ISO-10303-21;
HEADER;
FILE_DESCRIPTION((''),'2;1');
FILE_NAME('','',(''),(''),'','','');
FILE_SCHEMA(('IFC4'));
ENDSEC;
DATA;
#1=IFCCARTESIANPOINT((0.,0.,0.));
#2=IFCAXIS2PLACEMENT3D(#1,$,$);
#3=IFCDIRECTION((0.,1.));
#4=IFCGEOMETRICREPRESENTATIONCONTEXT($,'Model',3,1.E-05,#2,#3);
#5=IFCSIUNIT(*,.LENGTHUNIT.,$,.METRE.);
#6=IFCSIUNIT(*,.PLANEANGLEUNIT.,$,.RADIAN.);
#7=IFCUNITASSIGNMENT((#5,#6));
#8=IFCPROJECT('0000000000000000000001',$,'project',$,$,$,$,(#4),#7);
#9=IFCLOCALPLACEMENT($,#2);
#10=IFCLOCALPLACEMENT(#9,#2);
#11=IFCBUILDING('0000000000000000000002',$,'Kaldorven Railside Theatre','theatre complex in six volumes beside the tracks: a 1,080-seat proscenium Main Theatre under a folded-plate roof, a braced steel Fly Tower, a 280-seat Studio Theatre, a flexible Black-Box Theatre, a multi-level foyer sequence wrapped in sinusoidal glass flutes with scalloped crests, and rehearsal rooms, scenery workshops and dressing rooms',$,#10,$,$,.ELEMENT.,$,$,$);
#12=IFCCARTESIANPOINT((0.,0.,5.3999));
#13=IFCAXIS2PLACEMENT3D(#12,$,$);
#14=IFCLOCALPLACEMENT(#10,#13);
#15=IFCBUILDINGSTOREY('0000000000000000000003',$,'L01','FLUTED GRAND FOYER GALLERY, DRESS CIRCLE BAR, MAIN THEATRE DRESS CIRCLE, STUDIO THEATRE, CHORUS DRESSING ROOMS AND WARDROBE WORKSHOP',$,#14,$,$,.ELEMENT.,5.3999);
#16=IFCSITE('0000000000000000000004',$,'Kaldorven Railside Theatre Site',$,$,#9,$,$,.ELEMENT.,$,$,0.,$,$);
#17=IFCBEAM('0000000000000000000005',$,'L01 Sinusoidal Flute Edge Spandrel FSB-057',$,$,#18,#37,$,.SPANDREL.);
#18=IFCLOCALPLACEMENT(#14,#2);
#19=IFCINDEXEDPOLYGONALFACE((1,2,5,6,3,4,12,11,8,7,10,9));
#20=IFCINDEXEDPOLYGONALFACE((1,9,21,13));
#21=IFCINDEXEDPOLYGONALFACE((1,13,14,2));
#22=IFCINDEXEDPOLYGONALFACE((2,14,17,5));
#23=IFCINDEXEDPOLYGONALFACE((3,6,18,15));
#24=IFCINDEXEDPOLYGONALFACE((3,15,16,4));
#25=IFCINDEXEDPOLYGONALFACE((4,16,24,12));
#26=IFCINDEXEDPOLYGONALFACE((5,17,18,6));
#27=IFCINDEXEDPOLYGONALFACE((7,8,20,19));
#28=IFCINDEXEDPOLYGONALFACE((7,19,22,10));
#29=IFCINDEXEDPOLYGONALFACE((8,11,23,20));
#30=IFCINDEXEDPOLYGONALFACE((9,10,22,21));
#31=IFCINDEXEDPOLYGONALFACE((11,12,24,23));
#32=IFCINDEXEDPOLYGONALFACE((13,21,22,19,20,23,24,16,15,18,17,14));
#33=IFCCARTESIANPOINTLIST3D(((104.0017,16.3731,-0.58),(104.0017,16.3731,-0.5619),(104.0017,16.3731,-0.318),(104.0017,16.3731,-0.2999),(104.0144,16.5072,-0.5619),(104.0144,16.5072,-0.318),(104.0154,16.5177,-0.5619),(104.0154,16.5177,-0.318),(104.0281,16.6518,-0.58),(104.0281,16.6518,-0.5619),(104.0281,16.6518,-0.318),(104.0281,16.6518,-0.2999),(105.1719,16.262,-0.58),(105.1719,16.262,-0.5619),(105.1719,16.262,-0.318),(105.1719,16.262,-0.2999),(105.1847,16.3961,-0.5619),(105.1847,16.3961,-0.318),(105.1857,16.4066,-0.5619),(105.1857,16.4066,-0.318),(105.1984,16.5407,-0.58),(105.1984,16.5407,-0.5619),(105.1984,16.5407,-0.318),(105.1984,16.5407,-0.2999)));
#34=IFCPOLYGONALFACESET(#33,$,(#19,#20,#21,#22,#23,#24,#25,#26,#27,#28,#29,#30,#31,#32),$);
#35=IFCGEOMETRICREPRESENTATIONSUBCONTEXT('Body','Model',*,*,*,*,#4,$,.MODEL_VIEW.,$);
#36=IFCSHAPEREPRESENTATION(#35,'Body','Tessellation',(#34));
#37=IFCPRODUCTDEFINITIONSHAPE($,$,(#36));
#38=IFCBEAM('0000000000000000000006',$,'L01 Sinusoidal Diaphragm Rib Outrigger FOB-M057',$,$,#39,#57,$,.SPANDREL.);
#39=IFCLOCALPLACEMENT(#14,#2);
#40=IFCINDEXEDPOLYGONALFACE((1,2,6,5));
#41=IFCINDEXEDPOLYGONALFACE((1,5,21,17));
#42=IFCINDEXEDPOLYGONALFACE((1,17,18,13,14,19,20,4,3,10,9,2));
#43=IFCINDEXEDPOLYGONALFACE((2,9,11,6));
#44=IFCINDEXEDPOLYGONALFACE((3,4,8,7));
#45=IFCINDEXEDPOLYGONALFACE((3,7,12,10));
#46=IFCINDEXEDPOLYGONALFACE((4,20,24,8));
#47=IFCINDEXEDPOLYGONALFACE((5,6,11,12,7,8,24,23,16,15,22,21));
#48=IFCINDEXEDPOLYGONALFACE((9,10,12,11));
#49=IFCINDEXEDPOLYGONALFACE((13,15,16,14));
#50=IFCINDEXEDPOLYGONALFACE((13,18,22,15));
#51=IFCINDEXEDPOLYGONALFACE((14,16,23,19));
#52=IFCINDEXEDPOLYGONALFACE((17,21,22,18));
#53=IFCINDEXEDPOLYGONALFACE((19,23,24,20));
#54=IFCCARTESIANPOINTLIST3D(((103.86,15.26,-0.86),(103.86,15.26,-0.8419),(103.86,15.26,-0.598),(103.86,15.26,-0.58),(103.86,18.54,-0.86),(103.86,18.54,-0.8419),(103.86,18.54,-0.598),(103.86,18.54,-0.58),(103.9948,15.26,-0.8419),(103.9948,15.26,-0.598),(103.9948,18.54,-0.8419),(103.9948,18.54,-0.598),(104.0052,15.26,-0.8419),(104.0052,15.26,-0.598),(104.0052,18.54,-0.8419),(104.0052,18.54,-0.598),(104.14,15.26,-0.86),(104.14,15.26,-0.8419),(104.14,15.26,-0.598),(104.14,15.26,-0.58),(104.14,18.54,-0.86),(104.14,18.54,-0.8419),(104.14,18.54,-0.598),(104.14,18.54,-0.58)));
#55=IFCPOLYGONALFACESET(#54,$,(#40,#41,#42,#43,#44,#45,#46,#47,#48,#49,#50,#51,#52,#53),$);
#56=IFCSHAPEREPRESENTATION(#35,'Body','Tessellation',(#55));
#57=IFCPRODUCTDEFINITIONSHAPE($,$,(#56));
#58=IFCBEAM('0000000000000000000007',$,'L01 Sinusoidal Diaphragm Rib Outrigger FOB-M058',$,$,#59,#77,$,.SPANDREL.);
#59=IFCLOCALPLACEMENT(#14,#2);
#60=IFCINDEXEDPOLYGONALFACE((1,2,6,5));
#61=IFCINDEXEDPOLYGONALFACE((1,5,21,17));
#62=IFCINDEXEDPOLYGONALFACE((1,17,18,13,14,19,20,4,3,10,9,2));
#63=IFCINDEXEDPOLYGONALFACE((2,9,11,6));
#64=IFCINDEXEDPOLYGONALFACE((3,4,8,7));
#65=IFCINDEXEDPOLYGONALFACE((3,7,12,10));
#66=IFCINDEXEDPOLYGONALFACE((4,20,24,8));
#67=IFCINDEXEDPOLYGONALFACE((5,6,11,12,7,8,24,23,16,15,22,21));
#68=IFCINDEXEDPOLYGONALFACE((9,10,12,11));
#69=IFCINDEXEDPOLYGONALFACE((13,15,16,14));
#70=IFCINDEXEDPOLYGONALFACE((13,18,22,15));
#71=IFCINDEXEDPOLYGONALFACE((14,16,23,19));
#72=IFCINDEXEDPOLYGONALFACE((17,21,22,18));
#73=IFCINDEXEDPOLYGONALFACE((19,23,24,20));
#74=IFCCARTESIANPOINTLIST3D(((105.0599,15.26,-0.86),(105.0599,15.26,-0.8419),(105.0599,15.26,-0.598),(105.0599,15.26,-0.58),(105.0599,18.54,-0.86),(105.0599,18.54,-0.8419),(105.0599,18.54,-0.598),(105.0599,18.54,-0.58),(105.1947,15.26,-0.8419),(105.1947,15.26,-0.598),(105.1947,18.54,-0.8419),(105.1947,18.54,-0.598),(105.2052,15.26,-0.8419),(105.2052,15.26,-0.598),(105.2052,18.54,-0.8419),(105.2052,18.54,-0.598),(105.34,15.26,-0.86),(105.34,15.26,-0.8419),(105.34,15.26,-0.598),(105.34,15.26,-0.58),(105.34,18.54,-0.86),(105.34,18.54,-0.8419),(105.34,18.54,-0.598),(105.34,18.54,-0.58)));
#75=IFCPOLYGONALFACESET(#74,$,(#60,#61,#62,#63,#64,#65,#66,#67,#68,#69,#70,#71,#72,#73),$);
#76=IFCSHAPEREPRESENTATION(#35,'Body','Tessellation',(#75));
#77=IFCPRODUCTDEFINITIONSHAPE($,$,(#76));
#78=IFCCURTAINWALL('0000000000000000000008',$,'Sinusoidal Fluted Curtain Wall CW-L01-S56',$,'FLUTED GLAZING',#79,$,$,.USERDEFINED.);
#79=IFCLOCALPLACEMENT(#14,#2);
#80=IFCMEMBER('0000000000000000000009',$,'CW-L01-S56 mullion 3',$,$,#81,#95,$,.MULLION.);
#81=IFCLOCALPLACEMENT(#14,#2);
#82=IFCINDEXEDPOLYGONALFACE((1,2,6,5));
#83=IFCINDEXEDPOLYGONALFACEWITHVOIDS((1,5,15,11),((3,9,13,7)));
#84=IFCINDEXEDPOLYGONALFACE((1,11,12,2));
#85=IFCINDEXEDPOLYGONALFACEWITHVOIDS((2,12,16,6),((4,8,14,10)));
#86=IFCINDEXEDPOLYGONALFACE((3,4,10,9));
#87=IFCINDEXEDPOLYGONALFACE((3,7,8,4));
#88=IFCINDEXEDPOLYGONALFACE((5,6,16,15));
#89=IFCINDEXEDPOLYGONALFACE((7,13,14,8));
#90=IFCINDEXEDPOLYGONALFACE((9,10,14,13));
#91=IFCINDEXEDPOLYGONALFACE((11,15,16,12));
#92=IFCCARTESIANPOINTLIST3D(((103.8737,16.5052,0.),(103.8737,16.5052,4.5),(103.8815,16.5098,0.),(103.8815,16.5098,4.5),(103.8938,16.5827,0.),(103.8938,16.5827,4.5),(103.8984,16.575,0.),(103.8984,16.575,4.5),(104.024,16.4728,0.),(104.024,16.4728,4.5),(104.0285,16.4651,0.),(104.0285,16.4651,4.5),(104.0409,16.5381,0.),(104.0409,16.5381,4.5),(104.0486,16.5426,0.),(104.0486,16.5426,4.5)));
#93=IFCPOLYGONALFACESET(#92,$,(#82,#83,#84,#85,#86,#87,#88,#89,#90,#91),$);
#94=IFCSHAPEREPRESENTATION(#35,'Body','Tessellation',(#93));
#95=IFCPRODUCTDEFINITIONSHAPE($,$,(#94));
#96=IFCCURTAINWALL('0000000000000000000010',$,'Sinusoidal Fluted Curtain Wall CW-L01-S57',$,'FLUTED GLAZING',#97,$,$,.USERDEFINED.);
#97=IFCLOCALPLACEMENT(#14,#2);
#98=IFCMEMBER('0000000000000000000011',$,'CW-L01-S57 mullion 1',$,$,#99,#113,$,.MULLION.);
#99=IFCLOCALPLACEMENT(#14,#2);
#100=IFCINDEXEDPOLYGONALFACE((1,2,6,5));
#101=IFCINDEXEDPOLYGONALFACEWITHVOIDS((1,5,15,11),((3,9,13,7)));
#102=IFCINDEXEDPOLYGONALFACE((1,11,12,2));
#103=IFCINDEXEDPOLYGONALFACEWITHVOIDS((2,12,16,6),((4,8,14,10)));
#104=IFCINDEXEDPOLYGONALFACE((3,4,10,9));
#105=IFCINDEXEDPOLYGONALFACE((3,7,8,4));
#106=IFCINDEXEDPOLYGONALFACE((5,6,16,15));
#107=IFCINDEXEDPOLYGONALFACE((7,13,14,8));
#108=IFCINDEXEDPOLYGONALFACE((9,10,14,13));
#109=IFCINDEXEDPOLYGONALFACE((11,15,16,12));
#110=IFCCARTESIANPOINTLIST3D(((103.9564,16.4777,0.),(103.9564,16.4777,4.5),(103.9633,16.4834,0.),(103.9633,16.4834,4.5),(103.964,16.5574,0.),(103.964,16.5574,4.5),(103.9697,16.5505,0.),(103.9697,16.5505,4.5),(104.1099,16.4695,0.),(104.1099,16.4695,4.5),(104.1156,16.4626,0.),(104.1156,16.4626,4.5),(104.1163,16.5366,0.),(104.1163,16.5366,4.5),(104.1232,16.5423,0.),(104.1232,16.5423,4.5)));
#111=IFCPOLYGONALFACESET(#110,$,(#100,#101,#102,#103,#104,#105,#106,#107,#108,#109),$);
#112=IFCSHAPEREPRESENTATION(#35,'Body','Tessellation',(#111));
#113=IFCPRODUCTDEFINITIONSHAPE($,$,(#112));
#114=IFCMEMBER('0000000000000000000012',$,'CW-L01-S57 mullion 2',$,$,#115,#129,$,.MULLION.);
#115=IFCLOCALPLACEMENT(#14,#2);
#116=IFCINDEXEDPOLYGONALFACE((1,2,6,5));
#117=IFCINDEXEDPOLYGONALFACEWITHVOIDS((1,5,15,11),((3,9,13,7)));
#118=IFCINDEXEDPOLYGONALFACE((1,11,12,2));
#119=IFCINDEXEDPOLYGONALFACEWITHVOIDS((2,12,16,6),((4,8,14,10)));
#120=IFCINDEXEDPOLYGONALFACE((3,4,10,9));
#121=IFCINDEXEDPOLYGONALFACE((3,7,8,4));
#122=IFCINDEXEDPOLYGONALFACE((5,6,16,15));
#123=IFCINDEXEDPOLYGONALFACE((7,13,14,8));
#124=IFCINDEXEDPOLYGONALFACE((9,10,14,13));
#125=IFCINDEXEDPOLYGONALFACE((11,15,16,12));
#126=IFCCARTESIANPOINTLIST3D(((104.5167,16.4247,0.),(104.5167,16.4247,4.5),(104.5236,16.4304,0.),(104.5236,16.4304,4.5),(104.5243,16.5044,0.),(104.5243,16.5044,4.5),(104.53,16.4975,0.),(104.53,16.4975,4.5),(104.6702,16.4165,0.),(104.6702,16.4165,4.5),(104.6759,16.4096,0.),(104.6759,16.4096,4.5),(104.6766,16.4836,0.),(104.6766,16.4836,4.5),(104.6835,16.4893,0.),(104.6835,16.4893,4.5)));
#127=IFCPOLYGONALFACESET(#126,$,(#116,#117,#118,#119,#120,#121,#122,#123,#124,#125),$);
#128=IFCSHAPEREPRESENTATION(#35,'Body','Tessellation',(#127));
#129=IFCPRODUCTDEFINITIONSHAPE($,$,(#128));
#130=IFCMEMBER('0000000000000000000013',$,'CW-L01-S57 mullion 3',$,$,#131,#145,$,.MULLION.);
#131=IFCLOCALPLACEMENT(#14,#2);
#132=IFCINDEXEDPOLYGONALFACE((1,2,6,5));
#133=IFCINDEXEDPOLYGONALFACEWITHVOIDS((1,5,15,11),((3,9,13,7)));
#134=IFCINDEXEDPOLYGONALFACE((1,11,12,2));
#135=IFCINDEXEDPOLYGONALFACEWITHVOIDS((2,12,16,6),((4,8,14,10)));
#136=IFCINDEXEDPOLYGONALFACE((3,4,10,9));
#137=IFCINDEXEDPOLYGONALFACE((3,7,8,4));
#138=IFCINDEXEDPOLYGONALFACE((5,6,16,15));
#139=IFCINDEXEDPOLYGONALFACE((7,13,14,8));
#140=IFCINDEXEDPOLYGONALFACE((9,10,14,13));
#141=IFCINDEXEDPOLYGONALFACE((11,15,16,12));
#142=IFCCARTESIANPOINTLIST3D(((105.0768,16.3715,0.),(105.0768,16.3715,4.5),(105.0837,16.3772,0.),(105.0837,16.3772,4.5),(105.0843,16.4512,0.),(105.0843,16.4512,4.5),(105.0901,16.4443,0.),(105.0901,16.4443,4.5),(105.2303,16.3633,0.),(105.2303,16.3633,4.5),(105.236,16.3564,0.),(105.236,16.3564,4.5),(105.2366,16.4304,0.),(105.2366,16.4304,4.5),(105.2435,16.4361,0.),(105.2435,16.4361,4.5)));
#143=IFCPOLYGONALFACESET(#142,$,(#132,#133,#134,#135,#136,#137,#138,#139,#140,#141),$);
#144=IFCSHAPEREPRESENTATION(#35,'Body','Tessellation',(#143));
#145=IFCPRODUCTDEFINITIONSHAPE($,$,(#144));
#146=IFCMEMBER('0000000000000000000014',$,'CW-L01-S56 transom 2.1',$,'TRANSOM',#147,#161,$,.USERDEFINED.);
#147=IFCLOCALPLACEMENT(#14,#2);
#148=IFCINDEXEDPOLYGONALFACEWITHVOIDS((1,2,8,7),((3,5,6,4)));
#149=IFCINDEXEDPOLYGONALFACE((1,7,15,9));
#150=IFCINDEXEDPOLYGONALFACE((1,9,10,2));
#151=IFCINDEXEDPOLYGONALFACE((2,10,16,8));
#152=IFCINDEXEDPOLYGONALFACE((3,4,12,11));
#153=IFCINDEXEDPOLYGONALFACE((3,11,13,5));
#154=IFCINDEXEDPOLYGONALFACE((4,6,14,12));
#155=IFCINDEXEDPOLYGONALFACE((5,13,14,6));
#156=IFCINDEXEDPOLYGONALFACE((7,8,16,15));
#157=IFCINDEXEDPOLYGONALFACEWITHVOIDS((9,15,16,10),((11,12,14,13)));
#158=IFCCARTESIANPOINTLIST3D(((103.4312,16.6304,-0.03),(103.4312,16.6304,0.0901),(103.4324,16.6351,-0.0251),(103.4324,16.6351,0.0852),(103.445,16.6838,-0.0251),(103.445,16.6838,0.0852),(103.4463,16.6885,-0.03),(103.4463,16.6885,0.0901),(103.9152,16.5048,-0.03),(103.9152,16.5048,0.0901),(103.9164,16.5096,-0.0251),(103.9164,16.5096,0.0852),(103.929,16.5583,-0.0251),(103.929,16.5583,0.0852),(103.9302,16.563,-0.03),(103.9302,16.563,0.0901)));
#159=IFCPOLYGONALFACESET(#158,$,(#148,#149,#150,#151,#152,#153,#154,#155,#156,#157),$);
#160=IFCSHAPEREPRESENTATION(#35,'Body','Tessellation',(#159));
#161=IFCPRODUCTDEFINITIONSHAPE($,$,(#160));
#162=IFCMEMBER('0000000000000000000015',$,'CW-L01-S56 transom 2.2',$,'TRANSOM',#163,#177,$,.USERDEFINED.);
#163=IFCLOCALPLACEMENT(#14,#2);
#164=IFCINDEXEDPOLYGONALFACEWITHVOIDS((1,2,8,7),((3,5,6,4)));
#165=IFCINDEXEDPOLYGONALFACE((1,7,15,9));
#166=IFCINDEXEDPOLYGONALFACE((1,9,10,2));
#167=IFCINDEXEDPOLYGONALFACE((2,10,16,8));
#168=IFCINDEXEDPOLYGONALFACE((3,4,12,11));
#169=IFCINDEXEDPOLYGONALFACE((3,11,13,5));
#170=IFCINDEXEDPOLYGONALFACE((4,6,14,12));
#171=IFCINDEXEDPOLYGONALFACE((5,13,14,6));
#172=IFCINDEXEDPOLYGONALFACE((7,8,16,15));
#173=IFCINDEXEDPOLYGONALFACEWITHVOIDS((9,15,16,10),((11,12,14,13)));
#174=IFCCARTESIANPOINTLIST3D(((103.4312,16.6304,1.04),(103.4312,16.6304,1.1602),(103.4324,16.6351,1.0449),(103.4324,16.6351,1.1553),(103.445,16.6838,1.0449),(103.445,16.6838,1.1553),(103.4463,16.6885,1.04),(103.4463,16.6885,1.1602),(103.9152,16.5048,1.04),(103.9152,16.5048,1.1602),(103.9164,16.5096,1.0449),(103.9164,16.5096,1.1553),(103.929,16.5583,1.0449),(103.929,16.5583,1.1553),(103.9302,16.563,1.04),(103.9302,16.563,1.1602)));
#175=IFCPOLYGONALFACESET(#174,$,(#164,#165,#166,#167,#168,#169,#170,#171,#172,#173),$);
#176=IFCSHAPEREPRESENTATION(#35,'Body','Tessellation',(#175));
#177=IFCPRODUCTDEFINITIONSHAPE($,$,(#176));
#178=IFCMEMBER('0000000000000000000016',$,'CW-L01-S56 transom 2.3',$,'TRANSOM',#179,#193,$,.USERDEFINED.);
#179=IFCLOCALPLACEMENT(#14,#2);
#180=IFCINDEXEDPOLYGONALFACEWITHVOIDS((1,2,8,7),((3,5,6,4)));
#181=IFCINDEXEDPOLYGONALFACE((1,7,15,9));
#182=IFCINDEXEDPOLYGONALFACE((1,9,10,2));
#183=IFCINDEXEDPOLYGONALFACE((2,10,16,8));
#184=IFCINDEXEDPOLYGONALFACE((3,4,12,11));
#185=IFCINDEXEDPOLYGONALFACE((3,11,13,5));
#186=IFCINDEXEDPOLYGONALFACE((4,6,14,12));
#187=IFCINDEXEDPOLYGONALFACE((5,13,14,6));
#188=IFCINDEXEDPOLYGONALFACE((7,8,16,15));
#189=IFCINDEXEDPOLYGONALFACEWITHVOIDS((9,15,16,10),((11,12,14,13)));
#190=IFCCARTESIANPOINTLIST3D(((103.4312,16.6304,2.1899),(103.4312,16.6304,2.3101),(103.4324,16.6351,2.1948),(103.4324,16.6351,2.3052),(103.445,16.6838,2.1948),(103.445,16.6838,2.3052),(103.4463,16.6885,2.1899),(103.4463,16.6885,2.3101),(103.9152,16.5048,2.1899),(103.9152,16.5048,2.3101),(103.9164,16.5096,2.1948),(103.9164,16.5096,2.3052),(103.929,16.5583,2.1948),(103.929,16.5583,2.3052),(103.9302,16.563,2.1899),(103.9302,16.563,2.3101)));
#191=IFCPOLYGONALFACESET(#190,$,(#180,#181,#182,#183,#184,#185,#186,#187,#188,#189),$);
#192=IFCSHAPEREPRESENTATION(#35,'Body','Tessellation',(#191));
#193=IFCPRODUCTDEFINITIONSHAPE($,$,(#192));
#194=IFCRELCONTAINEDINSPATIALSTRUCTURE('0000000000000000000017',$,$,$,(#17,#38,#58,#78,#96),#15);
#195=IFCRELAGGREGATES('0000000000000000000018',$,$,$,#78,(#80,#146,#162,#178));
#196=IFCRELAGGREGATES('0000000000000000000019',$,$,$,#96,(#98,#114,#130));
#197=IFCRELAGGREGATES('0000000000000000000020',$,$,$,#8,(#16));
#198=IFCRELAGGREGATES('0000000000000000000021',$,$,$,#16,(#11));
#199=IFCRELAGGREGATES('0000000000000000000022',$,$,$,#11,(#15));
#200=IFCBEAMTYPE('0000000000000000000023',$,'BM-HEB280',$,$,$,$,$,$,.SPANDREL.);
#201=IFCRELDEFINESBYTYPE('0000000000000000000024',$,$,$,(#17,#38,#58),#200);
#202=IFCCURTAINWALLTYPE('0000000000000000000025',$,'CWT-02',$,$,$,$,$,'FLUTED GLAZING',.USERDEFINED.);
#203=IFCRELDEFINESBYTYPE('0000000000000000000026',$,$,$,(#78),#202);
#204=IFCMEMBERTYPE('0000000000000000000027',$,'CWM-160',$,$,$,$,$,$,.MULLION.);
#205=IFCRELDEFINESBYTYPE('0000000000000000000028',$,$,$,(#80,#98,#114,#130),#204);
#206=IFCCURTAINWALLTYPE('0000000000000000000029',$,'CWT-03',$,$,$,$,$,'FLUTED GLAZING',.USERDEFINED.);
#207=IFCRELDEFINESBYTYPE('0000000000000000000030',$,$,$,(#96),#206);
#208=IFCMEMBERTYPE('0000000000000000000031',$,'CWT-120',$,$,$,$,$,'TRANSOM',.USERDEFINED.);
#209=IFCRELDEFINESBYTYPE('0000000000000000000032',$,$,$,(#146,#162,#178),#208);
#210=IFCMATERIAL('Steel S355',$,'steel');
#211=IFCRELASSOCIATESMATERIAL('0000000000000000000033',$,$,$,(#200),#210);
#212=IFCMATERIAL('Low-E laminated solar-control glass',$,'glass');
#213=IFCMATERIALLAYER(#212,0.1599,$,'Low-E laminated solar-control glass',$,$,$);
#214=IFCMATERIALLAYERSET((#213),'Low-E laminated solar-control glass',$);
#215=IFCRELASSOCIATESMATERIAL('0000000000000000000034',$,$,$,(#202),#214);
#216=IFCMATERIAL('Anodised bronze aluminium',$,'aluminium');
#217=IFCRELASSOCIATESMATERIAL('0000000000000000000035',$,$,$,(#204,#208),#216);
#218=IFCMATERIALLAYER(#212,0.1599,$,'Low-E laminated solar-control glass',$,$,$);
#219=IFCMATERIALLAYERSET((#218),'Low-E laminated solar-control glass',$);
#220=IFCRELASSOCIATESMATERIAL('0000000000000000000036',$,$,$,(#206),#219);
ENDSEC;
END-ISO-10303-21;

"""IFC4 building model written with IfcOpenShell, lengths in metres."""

from ifc_helpers import new_model, si_unit, direction, frame, origin, origin_2d, place, context, subcontext, project, spatial, hollow_rectangle, i_section, extrude, material, layer, layer_set, material_profile, profile_set, type_object, element, aggregate, save


model = new_model("IFC4")

# Units and contexts
model_context = context("Model", 3, precision=1e-05, world=origin(), true_north=direction((0.0, 1.0)))
body_context = subcontext(model_context, "Body", "Model", "MODEL_VIEW")
ifc_project = project(units=[si_unit("LENGTHUNIT", "METRE"), si_unit("PLANEANGLEUNIT", "RADIAN")], contexts=[model_context])

# Site, building, storey
site_placement = place(None, origin())
site = spatial("IfcSite", under=ifc_project, at=site_placement, Name="Kaldorven Railside Theatre Site", CompositionType="ELEMENT", RefElevation=0.0)
building_placement = place(site_placement, origin())
building = spatial("IfcBuilding", under=site, at=building_placement, Name="Kaldorven Railside Theatre", Description="theatre complex in six volumes beside the tracks: a 1,080-seat proscenium Main Theatre under a folded-plate roof, a braced steel Fly Tower, a 280-seat Studio Theatre, a flexible Black-Box Theatre, a multi-level foyer sequence wrapped in sinusoidal glass flutes with scalloped crests, and rehearsal rooms, scenery workshops and dressing rooms", CompositionType="ELEMENT")
storey_placement = place(building_placement, frame((0.0, 0.0, 5.3999)))
storey = spatial("IfcBuildingStorey", under=building, at=storey_placement, Name="L01", Description="FLUTED GRAND FOYER GALLERY, DRESS CIRCLE BAR, MAIN THEATRE DRESS CIRCLE, STUDIO THEATRE, CHORUS DRESSING ROOMS AND WARDROBE WORKSHOP", CompositionType="ELEMENT", Elevation=5.3999)

# Beams
ifc_material_1 = material(Name="Steel S355", Category="steel")
ifc_material_profile_1 = material_profile(ifc_material_1, i_section(OverallWidth=0.28, OverallDepth=0.28, WebThickness=0.0105, FlangeThickness=0.0181, at=origin_2d()), Name="HEB 280")
ifc_profile_set_1 = profile_set([ifc_material_profile_1], Name="Steel S355")
beam_type = type_object("IfcBeamType", Name="BM-HEB280", PredefinedType="SPANDREL", material=ifc_profile_set_1)
beam_placement = place(storey_placement, frame((104.0149, 16.5125, -0.4399), z_axis=(0.995524, -0.094505, 0.0), x_axis=(0.094505, 0.995524, 0.0)))
element("IfcBeam", 1, at=beam_placement, inside=storey, type_object=beam_type, Name="L01 Sinusoidal Flute Edge Spandrel FSB-057", PredefinedType="SPANDREL", context=body_context, shape_type="SweptSolid", body=[
    extrude(i_section(OverallWidth=0.28, OverallDepth=0.28, WebThickness=0.0105, FlangeThickness=0.0181, at=origin_2d()), origin(), (0.0, 0.0, 1.0), 1.1755),
])
for number, where, z_axis, x_axis, name in (
    (2, (104.0, 15.26, -0.72), (0.0, 1.0, 0.0), (-1.0, 0.0, 0.0), "L01 Sinusoidal Diaphragm Rib Outrigger FOB-M057"),
    (3, (105.2, 15.26, -0.72), (0.0, 1.0, 0.0), (-1.0, 0.0, 0.0), "L01 Sinusoidal Diaphragm Rib Outrigger FOB-M058"),
):
    element("IfcBeam", number, at=place(storey_placement, frame(where, z_axis=z_axis, x_axis=x_axis)), inside=storey, type_object=beam_type, Name=name, PredefinedType="SPANDREL", context=body_context, shape_type="SweptSolid", body=[
        extrude(i_section(OverallWidth=0.28, OverallDepth=0.28, WebThickness=0.0105, FlangeThickness=0.0181, at=origin_2d()), origin(), (0.0, 0.0, 1.0), 3.28),
    ])

# Curtain wall, member
ifc_material_2 = material(Name="Low-E laminated solar-control glass", Category="glass")
ifc_layer_1 = layer(ifc_material_2, 0.1599, Name="Low-E laminated solar-control glass")
ifc_layer_set_1 = layer_set([ifc_layer_1], Name="Low-E laminated solar-control glass")
curtain_wall_type_1 = type_object("IfcCurtainWallType", Name="CWT-02", ElementType="FLUTED GLAZING", PredefinedType="USERDEFINED", material=ifc_layer_set_1)
curtain_wall_1_placement = place(storey_placement, origin())
curtain_wall_1 = element("IfcCurtainWall", 4, at=curtain_wall_1_placement, inside=storey, type_object=curtain_wall_type_1, Name="Sinusoidal Fluted Curtain Wall CW-L01-S56", ObjectType="FLUTED GLAZING", PredefinedType="USERDEFINED")
ifc_material_3 = material(Name="Anodised bronze aluminium", Category="aluminium")
ifc_material_profile_2 = material_profile(ifc_material_3, hollow_rectangle(XDim=0.0801, YDim=0.1599, WallThickness=0.0063, at=origin_2d()), Name="RHS 160x80x6.3")
ifc_profile_set_2 = profile_set([ifc_material_profile_2], Name="Anodised bronze aluminium")
member_type_1 = type_object("IfcMemberType", Name="CWM-160", PredefinedType="MULLION", material=ifc_profile_set_2)
member_1_placement = place(storey_placement, frame((103.9612, 16.5239, 0.0), z_axis=(0.0, 0.0, 1.0), x_axis=(0.250954, 0.967999, 0.0)))
member_1 = element("IfcMember", 5, at=member_1_placement, type_object=member_type_1, Name="CW-L01-S56 mullion 3", PredefinedType="MULLION", context=body_context, shape_type="SweptSolid", body=[
    extrude(hollow_rectangle(XDim=0.0801, YDim=0.1599, WallThickness=0.0063, at=origin_2d()), origin(), (0.0, 0.0, 1.0), 4.5),
])

# Curtain wall, members
ifc_layer_2 = layer(ifc_material_2, 0.1599, Name="Low-E laminated solar-control glass")
ifc_layer_set_2 = layer_set([ifc_layer_2], Name="Low-E laminated solar-control glass")
curtain_wall_type_2 = type_object("IfcCurtainWallType", Name="CWT-03", ElementType="FLUTED GLAZING", PredefinedType="USERDEFINED", material=ifc_layer_set_2)
curtain_wall_2_placement = place(storey_placement, origin())
curtain_wall_2 = element("IfcCurtainWall", 6, at=curtain_wall_2_placement, inside=storey, type_object=curtain_wall_type_2, Name="Sinusoidal Fluted Curtain Wall CW-L01-S57", ObjectType="FLUTED GLAZING", PredefinedType="USERDEFINED")
member_2_placement = place(storey_placement, frame((104.0398, 16.51, 0.0), z_axis=(0.0, 0.0, 1.0), x_axis=(0.094492, 0.995526, 0.0)))
member_2 = element("IfcMember", 7, at=member_2_placement, type_object=member_type_1, Name="CW-L01-S57 mullion 1", PredefinedType="MULLION", context=body_context, shape_type="SweptSolid", body=[
    extrude(hollow_rectangle(XDim=0.0801, YDim=0.1599, WallThickness=0.0063, at=origin_2d()), origin(), (0.0, 0.0, 1.0), 4.5),
])
member_3_placement = place(storey_placement, frame((104.6001, 16.457, 0.0), z_axis=(0.0, 0.0, 1.0), x_axis=(0.094492, 0.995526, 0.0)))
member_3 = element("IfcMember", 8, at=member_3_placement, type_object=member_type_1, Name="CW-L01-S57 mullion 2", PredefinedType="MULLION", context=body_context, shape_type="SweptSolid", body=[
    extrude(hollow_rectangle(XDim=0.0801, YDim=0.1599, WallThickness=0.0063, at=origin_2d()), origin(), (0.0, 0.0, 1.0), 4.5),
])
member_4_placement = place(storey_placement, frame((105.1602, 16.4038, 0.0), z_axis=(0.0, 0.0, 1.0), x_axis=(0.094492, 0.995526, 0.0)))
member_4 = element("IfcMember", 9, at=member_4_placement, type_object=member_type_1, Name="CW-L01-S57 mullion 3", PredefinedType="MULLION", context=body_context, shape_type="SweptSolid", body=[
    extrude(hollow_rectangle(XDim=0.0801, YDim=0.1599, WallThickness=0.0063, at=origin_2d()), origin(), (0.0, 0.0, 1.0), 4.5),
])

# Members
ifc_material_profile_3 = material_profile(ifc_material_3, hollow_rectangle(XDim=0.0601, YDim=0.1201, WallThickness=0.0049, at=origin_2d()), Name="RHS 120x60x5")
ifc_profile_set_3 = profile_set([ifc_material_profile_3], Name="Anodised bronze aluminium")
member_type_2 = type_object("IfcMemberType", Name="CWT-120", ElementType="TRANSOM", PredefinedType="USERDEFINED", material=ifc_profile_set_3)
member_5_placement = place(storey_placement, frame((103.4387, 16.6594, 0.03), z_axis=(0.967979, -0.25103, 0.0), x_axis=(0.25103, 0.967979, 0.0)))
member_5 = element("IfcMember", 10, at=member_5_placement, type_object=member_type_2, Name="CW-L01-S56 transom 2.1", ObjectType="TRANSOM", PredefinedType="USERDEFINED", context=body_context, shape_type="SweptSolid", body=[
    extrude(hollow_rectangle(XDim=0.0601, YDim=0.1201, WallThickness=0.0049, at=origin_2d()), origin(), (0.0, 0.0, 1.0), 0.5),
])
member_6_placement = place(storey_placement, frame((103.4387, 16.6594, 1.1001), z_axis=(0.967979, -0.25103, 0.0), x_axis=(0.25103, 0.967979, 0.0)))
member_6 = element("IfcMember", 11, at=member_6_placement, type_object=member_type_2, Name="CW-L01-S56 transom 2.2", ObjectType="TRANSOM", PredefinedType="USERDEFINED", context=body_context, shape_type="SweptSolid", body=[
    extrude(hollow_rectangle(XDim=0.0601, YDim=0.1201, WallThickness=0.0049, at=origin_2d()), origin(), (0.0, 0.0, 1.0), 0.5),
])
member_7_placement = place(storey_placement, frame((103.4387, 16.6594, 2.25), z_axis=(0.967979, -0.25103, 0.0), x_axis=(0.25103, 0.967979, 0.0)))
member_7 = element("IfcMember", 12, at=member_7_placement, type_object=member_type_2, Name="CW-L01-S56 transom 2.3", ObjectType="TRANSOM", PredefinedType="USERDEFINED", context=body_context, shape_type="SweptSolid", body=[
    extrude(hollow_rectangle(XDim=0.0601, YDim=0.1201, WallThickness=0.0049, at=origin_2d()), origin(), (0.0, 0.0, 1.0), 0.5),
])

aggregate(curtain_wall_1, [member_1, member_5, member_6, member_7])
aggregate(curtain_wall_2, [member_2, member_3, member_4])

save(model, "model.ifc")
